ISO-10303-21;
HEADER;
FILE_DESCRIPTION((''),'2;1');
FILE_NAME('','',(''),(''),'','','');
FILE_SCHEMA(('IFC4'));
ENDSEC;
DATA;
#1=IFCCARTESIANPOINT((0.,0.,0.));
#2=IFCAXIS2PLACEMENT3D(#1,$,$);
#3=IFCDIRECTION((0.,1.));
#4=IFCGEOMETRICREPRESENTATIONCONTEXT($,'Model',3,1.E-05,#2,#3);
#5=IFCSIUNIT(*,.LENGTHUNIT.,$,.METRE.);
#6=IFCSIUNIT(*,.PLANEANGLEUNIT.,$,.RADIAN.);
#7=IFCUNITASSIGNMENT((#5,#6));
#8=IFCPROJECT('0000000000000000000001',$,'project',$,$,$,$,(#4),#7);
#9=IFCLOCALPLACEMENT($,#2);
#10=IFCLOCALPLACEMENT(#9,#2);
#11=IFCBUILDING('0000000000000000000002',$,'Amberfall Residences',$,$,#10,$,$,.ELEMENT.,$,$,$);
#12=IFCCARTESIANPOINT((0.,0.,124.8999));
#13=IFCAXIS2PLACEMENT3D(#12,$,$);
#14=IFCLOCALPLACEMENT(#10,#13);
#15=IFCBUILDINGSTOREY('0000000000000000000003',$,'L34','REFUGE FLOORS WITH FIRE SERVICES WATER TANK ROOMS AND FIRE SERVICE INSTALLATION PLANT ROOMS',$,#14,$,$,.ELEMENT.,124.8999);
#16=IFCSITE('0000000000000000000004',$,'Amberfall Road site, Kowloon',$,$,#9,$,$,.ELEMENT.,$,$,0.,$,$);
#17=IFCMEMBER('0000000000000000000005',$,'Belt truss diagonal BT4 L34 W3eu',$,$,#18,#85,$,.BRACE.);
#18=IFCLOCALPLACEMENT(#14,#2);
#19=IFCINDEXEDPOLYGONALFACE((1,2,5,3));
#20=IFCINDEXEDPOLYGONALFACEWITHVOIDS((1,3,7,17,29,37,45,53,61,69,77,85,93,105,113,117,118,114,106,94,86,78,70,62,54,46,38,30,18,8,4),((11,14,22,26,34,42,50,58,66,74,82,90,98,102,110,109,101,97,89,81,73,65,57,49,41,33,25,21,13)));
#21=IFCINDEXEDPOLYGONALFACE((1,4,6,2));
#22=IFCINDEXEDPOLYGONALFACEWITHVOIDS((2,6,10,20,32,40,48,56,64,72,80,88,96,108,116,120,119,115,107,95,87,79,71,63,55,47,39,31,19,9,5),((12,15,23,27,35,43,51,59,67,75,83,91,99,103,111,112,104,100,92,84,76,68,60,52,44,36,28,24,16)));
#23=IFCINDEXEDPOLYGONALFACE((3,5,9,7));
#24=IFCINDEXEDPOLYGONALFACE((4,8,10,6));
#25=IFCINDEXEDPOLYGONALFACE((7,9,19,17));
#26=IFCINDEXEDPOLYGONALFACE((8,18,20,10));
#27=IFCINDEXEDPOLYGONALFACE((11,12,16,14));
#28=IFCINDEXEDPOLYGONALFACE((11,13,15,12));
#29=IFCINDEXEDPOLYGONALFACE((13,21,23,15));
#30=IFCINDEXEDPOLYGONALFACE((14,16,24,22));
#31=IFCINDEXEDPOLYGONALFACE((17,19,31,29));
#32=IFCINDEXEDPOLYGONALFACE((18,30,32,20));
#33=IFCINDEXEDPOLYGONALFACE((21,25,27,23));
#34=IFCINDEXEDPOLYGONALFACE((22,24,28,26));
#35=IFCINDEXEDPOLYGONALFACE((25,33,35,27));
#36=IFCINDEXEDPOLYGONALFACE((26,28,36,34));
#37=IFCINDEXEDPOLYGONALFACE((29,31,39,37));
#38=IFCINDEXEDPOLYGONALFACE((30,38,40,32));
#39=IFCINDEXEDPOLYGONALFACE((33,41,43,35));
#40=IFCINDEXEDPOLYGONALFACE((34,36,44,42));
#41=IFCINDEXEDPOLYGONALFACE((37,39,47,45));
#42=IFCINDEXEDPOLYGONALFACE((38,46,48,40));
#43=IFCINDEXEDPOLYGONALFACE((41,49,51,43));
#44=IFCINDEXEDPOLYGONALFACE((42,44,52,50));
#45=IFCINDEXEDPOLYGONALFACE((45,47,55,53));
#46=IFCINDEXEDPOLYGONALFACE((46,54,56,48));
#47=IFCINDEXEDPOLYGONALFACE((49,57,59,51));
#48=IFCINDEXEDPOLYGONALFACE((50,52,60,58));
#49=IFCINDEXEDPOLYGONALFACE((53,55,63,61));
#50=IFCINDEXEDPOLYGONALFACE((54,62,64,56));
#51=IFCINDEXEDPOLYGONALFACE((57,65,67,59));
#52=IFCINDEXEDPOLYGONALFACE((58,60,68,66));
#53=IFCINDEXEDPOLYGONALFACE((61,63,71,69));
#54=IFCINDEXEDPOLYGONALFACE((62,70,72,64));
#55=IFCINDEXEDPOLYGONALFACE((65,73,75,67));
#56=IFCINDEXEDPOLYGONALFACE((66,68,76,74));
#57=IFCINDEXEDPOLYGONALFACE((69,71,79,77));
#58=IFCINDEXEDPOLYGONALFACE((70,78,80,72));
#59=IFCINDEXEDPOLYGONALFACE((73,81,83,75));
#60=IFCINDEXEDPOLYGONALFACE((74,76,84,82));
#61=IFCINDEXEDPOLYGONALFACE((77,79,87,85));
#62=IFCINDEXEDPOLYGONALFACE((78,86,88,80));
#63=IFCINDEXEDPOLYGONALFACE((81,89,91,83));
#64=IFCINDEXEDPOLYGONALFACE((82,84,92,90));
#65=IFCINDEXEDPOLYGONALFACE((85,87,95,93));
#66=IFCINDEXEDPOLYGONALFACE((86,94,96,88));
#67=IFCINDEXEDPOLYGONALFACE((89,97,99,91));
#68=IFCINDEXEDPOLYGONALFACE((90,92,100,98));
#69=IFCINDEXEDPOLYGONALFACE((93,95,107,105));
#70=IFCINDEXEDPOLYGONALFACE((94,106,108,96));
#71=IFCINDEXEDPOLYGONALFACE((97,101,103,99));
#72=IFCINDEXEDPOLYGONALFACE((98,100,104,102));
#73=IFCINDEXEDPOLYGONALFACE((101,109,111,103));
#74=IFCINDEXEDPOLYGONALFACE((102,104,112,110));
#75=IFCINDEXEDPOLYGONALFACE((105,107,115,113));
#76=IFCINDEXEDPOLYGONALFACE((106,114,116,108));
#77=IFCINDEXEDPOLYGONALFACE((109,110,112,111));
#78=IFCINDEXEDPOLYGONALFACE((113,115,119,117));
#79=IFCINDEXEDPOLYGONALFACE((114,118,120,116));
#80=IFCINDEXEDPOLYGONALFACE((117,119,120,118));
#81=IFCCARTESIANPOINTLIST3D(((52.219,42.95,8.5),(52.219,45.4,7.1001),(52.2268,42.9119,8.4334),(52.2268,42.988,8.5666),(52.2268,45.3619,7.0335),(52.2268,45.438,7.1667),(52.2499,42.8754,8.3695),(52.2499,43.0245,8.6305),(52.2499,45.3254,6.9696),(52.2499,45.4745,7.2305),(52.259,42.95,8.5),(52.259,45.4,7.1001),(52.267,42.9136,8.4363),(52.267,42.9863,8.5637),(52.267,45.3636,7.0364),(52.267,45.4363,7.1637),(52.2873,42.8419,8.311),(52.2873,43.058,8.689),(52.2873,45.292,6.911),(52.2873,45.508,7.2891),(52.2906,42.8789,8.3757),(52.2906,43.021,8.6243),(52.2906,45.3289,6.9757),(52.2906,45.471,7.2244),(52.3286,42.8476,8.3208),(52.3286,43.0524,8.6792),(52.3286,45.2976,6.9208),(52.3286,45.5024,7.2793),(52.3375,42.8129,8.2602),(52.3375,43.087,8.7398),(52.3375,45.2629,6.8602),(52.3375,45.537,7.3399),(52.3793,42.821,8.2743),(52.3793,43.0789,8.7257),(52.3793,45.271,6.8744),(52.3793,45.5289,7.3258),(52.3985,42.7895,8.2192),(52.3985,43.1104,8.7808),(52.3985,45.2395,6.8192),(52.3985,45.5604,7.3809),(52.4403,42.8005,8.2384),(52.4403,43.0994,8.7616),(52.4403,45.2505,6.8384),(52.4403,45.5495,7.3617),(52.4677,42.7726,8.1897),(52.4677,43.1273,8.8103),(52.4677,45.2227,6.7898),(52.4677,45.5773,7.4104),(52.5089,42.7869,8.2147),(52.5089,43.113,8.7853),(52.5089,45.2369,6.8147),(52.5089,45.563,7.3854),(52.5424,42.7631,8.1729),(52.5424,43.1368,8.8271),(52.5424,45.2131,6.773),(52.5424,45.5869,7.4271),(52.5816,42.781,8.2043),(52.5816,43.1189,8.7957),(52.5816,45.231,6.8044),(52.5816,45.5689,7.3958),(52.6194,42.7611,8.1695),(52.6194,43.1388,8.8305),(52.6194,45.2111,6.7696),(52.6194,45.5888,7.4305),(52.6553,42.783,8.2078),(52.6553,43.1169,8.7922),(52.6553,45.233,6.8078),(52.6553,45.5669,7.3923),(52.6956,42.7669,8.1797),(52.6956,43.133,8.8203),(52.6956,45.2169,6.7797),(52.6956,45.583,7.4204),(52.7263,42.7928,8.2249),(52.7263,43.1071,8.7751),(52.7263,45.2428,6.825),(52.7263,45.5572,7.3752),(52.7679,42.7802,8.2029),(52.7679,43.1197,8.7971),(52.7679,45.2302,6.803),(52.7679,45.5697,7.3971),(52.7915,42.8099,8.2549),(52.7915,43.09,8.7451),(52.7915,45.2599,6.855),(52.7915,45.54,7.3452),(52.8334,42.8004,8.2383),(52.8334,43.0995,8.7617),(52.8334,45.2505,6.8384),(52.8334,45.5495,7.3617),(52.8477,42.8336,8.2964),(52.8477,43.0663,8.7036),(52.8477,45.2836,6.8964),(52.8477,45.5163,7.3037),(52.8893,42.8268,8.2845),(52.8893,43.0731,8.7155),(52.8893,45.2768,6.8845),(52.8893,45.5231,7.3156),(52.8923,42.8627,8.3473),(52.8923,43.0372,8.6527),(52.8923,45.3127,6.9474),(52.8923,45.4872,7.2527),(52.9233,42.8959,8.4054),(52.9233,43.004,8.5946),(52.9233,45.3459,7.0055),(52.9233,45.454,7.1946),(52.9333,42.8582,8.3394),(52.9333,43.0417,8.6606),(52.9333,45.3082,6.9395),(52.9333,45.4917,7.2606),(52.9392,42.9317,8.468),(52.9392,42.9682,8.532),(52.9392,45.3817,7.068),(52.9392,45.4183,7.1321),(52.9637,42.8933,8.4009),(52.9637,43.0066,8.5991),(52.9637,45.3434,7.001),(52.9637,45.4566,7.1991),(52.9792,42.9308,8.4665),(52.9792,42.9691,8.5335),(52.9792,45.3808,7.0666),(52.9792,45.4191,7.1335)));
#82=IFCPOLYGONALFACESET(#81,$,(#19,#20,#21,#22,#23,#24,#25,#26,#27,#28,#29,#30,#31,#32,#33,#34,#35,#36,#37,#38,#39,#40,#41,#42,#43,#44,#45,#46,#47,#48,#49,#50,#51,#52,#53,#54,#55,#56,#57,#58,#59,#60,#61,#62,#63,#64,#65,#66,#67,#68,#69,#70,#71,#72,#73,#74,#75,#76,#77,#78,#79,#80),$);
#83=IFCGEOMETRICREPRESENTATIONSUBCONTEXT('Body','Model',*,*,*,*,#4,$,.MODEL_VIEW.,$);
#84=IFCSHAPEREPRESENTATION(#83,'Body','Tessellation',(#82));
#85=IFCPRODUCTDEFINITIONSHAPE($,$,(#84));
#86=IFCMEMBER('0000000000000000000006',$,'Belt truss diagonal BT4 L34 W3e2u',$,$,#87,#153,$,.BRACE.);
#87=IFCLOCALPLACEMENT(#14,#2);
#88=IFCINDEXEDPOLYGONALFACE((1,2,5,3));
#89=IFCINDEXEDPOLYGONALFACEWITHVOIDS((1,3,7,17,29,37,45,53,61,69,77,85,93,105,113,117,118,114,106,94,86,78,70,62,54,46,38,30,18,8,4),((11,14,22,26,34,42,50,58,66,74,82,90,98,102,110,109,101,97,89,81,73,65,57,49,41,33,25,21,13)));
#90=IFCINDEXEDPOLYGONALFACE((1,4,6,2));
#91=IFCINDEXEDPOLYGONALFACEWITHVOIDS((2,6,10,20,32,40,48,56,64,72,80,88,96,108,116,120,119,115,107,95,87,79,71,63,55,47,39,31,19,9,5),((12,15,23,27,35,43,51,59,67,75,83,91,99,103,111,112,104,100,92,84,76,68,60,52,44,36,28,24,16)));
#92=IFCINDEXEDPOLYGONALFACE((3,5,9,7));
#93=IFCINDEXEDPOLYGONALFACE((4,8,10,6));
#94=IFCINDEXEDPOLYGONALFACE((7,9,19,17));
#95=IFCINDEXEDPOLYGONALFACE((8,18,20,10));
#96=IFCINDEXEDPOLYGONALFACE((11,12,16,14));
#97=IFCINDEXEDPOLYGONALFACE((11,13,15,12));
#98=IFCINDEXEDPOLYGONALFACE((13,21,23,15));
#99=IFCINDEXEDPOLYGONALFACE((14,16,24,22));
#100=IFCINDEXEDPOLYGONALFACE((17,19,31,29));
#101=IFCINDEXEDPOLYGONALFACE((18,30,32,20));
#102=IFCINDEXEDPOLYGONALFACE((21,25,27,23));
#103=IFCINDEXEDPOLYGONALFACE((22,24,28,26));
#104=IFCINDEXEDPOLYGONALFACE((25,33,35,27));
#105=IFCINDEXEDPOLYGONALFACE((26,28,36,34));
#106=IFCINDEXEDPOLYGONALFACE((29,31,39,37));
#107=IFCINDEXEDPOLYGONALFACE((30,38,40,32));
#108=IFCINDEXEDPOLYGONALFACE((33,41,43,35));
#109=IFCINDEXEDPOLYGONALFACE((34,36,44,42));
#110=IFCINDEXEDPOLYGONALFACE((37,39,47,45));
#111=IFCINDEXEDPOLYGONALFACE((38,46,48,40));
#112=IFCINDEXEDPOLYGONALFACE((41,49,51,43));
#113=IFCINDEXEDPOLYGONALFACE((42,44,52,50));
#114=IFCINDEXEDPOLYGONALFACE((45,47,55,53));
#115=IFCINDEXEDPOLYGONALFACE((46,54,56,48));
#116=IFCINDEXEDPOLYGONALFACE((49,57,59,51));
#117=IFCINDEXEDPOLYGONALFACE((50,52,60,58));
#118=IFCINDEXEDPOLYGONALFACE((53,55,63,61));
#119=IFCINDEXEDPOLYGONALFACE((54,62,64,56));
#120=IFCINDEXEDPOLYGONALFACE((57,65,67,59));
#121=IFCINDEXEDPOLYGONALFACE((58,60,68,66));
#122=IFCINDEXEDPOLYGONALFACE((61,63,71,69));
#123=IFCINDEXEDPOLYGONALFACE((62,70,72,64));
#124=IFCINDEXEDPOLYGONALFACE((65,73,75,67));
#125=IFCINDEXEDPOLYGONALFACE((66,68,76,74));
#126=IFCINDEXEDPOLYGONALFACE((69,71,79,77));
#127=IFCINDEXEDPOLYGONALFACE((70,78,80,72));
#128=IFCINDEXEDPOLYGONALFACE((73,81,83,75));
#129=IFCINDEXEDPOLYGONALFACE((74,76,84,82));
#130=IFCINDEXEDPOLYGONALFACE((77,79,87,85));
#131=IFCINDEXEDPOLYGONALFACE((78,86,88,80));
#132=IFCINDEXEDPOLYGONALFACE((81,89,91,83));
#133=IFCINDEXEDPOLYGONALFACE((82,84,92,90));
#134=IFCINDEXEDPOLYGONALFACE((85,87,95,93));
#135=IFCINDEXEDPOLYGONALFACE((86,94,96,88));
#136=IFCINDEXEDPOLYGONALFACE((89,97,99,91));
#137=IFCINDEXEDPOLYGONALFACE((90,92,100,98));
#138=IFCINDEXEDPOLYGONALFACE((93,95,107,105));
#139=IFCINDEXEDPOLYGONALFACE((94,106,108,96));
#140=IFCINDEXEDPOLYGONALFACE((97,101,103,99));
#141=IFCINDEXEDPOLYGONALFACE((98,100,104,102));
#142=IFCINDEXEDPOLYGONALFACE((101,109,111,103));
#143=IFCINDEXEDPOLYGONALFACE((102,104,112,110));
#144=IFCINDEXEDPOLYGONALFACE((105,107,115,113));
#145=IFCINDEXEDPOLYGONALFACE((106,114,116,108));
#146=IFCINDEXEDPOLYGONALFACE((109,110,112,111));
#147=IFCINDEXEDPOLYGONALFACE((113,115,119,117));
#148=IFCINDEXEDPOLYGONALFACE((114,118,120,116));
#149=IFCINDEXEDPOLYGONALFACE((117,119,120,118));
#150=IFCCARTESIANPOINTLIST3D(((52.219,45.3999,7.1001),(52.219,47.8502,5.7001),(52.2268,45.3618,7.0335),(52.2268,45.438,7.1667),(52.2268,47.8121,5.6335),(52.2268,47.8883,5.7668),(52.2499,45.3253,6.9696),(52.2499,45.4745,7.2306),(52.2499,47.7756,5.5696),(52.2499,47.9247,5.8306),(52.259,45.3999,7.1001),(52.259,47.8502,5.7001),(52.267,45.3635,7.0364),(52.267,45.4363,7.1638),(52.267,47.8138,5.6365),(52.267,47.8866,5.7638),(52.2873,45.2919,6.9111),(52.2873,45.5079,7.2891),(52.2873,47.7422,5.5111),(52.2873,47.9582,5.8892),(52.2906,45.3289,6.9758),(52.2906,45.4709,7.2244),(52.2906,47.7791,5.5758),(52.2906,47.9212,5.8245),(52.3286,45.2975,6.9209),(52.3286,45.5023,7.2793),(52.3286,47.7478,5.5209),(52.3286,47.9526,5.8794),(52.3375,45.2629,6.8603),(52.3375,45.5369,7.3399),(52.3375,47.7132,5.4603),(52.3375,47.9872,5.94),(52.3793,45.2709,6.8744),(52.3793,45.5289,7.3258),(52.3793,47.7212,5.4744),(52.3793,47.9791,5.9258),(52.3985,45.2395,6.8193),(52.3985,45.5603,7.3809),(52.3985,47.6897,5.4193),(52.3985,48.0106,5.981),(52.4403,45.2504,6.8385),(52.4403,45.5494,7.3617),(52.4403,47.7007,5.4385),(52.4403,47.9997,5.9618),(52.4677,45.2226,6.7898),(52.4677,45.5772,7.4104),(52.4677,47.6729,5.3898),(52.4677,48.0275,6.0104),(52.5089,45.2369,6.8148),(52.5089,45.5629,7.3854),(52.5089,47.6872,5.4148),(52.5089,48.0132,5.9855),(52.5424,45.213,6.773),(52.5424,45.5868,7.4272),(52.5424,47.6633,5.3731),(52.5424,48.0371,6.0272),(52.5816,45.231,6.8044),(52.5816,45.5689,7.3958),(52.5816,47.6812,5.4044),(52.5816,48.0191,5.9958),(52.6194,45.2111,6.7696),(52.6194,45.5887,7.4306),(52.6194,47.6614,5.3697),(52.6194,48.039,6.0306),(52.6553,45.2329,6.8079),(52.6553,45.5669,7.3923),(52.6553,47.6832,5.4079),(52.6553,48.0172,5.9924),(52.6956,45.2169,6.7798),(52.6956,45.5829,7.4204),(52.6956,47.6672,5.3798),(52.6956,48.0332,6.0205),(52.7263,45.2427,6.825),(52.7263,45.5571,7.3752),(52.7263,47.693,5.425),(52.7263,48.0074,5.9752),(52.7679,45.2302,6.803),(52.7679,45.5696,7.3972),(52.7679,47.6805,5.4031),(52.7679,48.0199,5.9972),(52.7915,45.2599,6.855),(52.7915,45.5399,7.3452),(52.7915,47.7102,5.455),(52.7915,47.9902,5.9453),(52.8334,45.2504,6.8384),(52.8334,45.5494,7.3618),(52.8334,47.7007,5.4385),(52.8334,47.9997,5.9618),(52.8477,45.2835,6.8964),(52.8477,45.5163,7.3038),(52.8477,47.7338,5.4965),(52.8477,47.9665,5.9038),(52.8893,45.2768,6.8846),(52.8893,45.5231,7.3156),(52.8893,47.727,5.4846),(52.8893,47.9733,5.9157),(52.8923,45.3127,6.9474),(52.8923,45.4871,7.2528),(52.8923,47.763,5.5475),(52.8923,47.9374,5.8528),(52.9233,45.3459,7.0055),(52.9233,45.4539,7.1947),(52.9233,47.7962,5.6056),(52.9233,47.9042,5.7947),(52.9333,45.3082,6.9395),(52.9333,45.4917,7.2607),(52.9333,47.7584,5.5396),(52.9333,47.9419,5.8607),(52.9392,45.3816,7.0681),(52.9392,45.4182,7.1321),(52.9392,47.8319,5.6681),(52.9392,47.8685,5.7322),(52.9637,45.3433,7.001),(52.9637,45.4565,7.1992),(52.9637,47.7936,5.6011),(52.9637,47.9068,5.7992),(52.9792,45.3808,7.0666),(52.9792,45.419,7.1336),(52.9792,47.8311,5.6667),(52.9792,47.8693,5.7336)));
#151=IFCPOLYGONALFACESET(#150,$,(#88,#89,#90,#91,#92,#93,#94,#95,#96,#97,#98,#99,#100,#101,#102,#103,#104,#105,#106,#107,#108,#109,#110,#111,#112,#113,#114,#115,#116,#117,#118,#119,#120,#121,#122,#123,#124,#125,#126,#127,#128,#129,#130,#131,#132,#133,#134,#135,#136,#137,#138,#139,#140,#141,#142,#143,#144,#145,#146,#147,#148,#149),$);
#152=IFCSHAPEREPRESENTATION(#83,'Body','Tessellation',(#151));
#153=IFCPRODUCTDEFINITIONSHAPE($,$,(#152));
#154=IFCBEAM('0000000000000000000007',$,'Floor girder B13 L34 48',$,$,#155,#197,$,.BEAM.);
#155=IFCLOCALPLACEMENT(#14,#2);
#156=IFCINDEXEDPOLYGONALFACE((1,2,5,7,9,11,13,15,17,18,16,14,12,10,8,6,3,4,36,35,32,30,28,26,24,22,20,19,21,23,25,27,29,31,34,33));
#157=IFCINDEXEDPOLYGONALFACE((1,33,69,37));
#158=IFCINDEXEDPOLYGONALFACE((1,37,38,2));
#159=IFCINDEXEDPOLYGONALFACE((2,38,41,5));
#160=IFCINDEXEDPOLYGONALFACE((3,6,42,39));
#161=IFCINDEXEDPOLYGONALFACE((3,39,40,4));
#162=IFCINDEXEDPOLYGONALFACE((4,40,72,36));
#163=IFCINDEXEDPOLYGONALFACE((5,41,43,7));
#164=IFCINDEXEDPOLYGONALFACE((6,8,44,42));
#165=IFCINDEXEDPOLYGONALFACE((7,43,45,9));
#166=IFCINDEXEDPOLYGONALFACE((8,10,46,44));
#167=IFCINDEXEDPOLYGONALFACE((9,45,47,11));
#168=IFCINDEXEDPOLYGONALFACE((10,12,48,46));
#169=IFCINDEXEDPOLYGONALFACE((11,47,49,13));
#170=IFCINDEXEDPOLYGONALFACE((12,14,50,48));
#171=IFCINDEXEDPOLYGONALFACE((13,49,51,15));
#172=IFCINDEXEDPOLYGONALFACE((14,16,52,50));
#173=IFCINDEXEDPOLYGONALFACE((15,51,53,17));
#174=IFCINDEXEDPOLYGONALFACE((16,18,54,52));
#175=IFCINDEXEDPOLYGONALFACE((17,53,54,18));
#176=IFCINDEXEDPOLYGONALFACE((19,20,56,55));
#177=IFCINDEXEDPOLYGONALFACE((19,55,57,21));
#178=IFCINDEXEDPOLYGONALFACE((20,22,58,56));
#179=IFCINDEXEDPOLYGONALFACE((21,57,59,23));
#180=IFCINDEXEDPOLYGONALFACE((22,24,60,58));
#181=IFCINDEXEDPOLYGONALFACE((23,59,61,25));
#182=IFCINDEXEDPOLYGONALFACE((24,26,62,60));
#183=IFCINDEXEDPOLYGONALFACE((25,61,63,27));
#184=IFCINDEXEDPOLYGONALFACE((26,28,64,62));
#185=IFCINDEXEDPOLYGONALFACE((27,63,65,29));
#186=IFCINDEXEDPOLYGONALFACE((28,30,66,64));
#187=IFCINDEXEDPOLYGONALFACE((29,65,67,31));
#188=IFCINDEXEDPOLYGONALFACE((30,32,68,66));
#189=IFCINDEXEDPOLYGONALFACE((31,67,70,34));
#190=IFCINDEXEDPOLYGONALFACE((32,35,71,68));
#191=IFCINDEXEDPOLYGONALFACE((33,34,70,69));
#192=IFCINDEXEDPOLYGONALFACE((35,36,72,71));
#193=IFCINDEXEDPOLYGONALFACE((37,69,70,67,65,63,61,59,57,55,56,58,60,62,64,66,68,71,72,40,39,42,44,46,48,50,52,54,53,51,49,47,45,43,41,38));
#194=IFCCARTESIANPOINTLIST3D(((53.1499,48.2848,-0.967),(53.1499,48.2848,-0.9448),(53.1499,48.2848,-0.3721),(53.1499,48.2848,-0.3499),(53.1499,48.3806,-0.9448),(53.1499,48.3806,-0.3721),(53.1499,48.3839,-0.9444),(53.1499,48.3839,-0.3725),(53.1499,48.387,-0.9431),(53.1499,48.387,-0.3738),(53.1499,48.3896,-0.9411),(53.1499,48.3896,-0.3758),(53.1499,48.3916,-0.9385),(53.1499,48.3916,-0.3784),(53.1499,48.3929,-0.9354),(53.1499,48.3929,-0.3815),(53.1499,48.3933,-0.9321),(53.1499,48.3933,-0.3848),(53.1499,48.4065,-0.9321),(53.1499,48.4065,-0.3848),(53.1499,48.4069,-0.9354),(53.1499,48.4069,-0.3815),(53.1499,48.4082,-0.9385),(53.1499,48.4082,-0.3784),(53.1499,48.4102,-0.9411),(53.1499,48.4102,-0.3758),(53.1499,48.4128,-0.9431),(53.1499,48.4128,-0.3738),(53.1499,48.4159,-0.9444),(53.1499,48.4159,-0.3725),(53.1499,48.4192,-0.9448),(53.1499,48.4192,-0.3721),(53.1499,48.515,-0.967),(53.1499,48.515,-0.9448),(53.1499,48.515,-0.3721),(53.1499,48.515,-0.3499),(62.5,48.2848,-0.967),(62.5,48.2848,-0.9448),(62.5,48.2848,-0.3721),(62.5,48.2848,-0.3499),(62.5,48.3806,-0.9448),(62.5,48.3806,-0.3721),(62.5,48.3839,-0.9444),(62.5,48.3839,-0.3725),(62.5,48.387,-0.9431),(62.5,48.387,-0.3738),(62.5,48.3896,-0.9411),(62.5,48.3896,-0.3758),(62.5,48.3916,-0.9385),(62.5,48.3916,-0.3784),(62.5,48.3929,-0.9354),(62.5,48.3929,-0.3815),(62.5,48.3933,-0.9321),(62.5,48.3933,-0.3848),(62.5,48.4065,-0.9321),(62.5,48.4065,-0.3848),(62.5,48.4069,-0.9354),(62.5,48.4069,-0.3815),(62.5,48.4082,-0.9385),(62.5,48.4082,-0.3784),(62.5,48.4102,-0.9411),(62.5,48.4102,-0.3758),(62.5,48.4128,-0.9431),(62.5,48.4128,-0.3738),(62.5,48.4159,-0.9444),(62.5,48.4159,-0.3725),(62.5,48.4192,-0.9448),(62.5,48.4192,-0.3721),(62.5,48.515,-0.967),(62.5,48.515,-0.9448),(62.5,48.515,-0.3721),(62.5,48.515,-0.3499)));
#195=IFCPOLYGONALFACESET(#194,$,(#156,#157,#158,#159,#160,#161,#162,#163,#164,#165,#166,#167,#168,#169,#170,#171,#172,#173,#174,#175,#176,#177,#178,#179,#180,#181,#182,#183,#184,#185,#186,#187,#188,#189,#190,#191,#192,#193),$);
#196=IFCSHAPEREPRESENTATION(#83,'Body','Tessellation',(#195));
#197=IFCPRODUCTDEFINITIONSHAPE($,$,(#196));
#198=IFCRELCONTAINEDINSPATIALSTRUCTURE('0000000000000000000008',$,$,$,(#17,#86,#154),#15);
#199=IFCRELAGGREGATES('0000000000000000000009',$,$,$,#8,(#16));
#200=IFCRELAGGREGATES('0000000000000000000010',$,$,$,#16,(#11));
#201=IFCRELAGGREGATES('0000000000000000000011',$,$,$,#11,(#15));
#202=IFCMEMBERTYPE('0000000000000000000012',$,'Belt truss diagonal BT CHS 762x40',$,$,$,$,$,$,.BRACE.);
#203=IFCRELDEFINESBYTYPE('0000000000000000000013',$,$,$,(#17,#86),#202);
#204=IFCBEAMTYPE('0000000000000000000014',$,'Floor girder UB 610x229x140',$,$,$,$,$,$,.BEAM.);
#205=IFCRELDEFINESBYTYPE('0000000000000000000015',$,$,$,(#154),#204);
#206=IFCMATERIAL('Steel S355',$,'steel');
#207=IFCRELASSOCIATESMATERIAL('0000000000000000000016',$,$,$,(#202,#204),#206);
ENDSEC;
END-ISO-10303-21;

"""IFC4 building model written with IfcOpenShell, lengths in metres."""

from ifc_helpers import new_model, si_unit, direction, frame, origin, origin_2d, place, context, subcontext, project, spatial, hollow_circle, i_section, extrude, material, material_profile, profile_set, type_object, element, save


model = new_model("IFC4")

# Units and contexts
model_context = context("Model", 3, precision=1e-05, world=origin(), true_north=direction((0.0, 1.0)))
body_context = subcontext(model_context, "Body", "Model", "MODEL_VIEW")
ifc_project = project(units=[si_unit("LENGTHUNIT", "METRE"), si_unit("PLANEANGLEUNIT", "RADIAN")], contexts=[model_context])

# Site, building, storey
site_placement = place(None, origin())
site = spatial("IfcSite", under=ifc_project, at=site_placement, Name="Amberfall Road site, Kowloon", CompositionType="ELEMENT", RefElevation=0.0)
building_placement = place(site_placement, origin())
building = spatial("IfcBuilding", under=site, at=building_placement, Name="Amberfall Residences", CompositionType="ELEMENT")
storey_placement = place(building_placement, frame((0.0, 0.0, 124.8999)))
storey = spatial("IfcBuildingStorey", under=building, at=storey_placement, Name="L34", Description="REFUGE FLOORS WITH FIRE SERVICES WATER TANK ROOMS AND FIRE SERVICE INSTALLATION PLANT ROOMS", CompositionType="ELEMENT", Elevation=124.8999)

# Shared definitions
ifc_material_1 = material(Name="Steel S355", Category="steel")

# Members
ifc_material_profile_1 = material_profile(ifc_material_1, hollow_circle(Radius=0.3811, WallThickness=0.04, at=origin_2d()), Name="CHS 762x40")
ifc_profile_set_1 = profile_set([ifc_material_profile_1], Name="Steel S355")
member_type_1 = type_object("IfcMemberType", Name="Belt truss diagonal BT CHS 762x40", PredefinedType="BRACE", material=ifc_profile_set_1)
member_1_placement = place(storey_placement, frame((52.6001, 42.95, 8.5), z_axis=(0.0, 0.868254, -0.49612), x_axis=(-1.0, 0.0, 0.0)))
element("IfcMember", 1, at=member_1_placement, inside=storey, type_object=member_type_1, Name="Belt truss diagonal BT4 L34 W3eu", PredefinedType="BRACE", context=body_context, shape_type="SweptSolid", body=[
    extrude(hollow_circle(Radius=0.3811, WallThickness=0.04, at=origin_2d()), origin(), (0.0, 0.0, 1.0), 2.8218),
])
member_2_placement = place(storey_placement, frame((52.6001, 45.3999, 7.1001), z_axis=(0.0, 0.868275, -0.496083), x_axis=(-1.0, 0.0, 0.0)))
element("IfcMember", 2, at=member_2_placement, inside=storey, type_object=member_type_1, Name="Belt truss diagonal BT4 L34 W3e2u", PredefinedType="BRACE", context=body_context, shape_type="SweptSolid", body=[
    extrude(hollow_circle(Radius=0.3811, WallThickness=0.04, at=origin_2d()), origin(), (0.0, 0.0, 1.0), 2.822),
])

# Beam
ifc_material_profile_2 = material_profile(ifc_material_1, i_section(OverallWidth=0.2302, OverallDepth=0.6172, WebThickness=0.0132, FlangeThickness=0.0222, FilletRadius=0.0127, at=origin_2d()), Name="UB 610x229x140")
ifc_profile_set_2 = profile_set([ifc_material_profile_2], Name="Steel S355")
beam_type_1 = type_object("IfcBeamType", Name="Floor girder UB 610x229x140", PredefinedType="BEAM", material=ifc_profile_set_2)
beam_placement = place(storey_placement, frame((53.1499, 48.3999, -0.6584), z_axis=(1.0, 0.0, 0.0), x_axis=(0.0, 1.0, 0.0)))
element("IfcBeam", 3, at=beam_placement, inside=storey, type_object=beam_type_1, Name="Floor girder B13 L34 48", PredefinedType="BEAM", context=body_context, shape_type="SweptSolid", body=[
    extrude(i_section(OverallWidth=0.2302, OverallDepth=0.6172, WebThickness=0.0132, FlangeThickness=0.0222, FilletRadius=0.0127, at=origin_2d()), origin(), (0.0, 0.0, 1.0), 9.3501),
])

save(model, "model.ifc")
